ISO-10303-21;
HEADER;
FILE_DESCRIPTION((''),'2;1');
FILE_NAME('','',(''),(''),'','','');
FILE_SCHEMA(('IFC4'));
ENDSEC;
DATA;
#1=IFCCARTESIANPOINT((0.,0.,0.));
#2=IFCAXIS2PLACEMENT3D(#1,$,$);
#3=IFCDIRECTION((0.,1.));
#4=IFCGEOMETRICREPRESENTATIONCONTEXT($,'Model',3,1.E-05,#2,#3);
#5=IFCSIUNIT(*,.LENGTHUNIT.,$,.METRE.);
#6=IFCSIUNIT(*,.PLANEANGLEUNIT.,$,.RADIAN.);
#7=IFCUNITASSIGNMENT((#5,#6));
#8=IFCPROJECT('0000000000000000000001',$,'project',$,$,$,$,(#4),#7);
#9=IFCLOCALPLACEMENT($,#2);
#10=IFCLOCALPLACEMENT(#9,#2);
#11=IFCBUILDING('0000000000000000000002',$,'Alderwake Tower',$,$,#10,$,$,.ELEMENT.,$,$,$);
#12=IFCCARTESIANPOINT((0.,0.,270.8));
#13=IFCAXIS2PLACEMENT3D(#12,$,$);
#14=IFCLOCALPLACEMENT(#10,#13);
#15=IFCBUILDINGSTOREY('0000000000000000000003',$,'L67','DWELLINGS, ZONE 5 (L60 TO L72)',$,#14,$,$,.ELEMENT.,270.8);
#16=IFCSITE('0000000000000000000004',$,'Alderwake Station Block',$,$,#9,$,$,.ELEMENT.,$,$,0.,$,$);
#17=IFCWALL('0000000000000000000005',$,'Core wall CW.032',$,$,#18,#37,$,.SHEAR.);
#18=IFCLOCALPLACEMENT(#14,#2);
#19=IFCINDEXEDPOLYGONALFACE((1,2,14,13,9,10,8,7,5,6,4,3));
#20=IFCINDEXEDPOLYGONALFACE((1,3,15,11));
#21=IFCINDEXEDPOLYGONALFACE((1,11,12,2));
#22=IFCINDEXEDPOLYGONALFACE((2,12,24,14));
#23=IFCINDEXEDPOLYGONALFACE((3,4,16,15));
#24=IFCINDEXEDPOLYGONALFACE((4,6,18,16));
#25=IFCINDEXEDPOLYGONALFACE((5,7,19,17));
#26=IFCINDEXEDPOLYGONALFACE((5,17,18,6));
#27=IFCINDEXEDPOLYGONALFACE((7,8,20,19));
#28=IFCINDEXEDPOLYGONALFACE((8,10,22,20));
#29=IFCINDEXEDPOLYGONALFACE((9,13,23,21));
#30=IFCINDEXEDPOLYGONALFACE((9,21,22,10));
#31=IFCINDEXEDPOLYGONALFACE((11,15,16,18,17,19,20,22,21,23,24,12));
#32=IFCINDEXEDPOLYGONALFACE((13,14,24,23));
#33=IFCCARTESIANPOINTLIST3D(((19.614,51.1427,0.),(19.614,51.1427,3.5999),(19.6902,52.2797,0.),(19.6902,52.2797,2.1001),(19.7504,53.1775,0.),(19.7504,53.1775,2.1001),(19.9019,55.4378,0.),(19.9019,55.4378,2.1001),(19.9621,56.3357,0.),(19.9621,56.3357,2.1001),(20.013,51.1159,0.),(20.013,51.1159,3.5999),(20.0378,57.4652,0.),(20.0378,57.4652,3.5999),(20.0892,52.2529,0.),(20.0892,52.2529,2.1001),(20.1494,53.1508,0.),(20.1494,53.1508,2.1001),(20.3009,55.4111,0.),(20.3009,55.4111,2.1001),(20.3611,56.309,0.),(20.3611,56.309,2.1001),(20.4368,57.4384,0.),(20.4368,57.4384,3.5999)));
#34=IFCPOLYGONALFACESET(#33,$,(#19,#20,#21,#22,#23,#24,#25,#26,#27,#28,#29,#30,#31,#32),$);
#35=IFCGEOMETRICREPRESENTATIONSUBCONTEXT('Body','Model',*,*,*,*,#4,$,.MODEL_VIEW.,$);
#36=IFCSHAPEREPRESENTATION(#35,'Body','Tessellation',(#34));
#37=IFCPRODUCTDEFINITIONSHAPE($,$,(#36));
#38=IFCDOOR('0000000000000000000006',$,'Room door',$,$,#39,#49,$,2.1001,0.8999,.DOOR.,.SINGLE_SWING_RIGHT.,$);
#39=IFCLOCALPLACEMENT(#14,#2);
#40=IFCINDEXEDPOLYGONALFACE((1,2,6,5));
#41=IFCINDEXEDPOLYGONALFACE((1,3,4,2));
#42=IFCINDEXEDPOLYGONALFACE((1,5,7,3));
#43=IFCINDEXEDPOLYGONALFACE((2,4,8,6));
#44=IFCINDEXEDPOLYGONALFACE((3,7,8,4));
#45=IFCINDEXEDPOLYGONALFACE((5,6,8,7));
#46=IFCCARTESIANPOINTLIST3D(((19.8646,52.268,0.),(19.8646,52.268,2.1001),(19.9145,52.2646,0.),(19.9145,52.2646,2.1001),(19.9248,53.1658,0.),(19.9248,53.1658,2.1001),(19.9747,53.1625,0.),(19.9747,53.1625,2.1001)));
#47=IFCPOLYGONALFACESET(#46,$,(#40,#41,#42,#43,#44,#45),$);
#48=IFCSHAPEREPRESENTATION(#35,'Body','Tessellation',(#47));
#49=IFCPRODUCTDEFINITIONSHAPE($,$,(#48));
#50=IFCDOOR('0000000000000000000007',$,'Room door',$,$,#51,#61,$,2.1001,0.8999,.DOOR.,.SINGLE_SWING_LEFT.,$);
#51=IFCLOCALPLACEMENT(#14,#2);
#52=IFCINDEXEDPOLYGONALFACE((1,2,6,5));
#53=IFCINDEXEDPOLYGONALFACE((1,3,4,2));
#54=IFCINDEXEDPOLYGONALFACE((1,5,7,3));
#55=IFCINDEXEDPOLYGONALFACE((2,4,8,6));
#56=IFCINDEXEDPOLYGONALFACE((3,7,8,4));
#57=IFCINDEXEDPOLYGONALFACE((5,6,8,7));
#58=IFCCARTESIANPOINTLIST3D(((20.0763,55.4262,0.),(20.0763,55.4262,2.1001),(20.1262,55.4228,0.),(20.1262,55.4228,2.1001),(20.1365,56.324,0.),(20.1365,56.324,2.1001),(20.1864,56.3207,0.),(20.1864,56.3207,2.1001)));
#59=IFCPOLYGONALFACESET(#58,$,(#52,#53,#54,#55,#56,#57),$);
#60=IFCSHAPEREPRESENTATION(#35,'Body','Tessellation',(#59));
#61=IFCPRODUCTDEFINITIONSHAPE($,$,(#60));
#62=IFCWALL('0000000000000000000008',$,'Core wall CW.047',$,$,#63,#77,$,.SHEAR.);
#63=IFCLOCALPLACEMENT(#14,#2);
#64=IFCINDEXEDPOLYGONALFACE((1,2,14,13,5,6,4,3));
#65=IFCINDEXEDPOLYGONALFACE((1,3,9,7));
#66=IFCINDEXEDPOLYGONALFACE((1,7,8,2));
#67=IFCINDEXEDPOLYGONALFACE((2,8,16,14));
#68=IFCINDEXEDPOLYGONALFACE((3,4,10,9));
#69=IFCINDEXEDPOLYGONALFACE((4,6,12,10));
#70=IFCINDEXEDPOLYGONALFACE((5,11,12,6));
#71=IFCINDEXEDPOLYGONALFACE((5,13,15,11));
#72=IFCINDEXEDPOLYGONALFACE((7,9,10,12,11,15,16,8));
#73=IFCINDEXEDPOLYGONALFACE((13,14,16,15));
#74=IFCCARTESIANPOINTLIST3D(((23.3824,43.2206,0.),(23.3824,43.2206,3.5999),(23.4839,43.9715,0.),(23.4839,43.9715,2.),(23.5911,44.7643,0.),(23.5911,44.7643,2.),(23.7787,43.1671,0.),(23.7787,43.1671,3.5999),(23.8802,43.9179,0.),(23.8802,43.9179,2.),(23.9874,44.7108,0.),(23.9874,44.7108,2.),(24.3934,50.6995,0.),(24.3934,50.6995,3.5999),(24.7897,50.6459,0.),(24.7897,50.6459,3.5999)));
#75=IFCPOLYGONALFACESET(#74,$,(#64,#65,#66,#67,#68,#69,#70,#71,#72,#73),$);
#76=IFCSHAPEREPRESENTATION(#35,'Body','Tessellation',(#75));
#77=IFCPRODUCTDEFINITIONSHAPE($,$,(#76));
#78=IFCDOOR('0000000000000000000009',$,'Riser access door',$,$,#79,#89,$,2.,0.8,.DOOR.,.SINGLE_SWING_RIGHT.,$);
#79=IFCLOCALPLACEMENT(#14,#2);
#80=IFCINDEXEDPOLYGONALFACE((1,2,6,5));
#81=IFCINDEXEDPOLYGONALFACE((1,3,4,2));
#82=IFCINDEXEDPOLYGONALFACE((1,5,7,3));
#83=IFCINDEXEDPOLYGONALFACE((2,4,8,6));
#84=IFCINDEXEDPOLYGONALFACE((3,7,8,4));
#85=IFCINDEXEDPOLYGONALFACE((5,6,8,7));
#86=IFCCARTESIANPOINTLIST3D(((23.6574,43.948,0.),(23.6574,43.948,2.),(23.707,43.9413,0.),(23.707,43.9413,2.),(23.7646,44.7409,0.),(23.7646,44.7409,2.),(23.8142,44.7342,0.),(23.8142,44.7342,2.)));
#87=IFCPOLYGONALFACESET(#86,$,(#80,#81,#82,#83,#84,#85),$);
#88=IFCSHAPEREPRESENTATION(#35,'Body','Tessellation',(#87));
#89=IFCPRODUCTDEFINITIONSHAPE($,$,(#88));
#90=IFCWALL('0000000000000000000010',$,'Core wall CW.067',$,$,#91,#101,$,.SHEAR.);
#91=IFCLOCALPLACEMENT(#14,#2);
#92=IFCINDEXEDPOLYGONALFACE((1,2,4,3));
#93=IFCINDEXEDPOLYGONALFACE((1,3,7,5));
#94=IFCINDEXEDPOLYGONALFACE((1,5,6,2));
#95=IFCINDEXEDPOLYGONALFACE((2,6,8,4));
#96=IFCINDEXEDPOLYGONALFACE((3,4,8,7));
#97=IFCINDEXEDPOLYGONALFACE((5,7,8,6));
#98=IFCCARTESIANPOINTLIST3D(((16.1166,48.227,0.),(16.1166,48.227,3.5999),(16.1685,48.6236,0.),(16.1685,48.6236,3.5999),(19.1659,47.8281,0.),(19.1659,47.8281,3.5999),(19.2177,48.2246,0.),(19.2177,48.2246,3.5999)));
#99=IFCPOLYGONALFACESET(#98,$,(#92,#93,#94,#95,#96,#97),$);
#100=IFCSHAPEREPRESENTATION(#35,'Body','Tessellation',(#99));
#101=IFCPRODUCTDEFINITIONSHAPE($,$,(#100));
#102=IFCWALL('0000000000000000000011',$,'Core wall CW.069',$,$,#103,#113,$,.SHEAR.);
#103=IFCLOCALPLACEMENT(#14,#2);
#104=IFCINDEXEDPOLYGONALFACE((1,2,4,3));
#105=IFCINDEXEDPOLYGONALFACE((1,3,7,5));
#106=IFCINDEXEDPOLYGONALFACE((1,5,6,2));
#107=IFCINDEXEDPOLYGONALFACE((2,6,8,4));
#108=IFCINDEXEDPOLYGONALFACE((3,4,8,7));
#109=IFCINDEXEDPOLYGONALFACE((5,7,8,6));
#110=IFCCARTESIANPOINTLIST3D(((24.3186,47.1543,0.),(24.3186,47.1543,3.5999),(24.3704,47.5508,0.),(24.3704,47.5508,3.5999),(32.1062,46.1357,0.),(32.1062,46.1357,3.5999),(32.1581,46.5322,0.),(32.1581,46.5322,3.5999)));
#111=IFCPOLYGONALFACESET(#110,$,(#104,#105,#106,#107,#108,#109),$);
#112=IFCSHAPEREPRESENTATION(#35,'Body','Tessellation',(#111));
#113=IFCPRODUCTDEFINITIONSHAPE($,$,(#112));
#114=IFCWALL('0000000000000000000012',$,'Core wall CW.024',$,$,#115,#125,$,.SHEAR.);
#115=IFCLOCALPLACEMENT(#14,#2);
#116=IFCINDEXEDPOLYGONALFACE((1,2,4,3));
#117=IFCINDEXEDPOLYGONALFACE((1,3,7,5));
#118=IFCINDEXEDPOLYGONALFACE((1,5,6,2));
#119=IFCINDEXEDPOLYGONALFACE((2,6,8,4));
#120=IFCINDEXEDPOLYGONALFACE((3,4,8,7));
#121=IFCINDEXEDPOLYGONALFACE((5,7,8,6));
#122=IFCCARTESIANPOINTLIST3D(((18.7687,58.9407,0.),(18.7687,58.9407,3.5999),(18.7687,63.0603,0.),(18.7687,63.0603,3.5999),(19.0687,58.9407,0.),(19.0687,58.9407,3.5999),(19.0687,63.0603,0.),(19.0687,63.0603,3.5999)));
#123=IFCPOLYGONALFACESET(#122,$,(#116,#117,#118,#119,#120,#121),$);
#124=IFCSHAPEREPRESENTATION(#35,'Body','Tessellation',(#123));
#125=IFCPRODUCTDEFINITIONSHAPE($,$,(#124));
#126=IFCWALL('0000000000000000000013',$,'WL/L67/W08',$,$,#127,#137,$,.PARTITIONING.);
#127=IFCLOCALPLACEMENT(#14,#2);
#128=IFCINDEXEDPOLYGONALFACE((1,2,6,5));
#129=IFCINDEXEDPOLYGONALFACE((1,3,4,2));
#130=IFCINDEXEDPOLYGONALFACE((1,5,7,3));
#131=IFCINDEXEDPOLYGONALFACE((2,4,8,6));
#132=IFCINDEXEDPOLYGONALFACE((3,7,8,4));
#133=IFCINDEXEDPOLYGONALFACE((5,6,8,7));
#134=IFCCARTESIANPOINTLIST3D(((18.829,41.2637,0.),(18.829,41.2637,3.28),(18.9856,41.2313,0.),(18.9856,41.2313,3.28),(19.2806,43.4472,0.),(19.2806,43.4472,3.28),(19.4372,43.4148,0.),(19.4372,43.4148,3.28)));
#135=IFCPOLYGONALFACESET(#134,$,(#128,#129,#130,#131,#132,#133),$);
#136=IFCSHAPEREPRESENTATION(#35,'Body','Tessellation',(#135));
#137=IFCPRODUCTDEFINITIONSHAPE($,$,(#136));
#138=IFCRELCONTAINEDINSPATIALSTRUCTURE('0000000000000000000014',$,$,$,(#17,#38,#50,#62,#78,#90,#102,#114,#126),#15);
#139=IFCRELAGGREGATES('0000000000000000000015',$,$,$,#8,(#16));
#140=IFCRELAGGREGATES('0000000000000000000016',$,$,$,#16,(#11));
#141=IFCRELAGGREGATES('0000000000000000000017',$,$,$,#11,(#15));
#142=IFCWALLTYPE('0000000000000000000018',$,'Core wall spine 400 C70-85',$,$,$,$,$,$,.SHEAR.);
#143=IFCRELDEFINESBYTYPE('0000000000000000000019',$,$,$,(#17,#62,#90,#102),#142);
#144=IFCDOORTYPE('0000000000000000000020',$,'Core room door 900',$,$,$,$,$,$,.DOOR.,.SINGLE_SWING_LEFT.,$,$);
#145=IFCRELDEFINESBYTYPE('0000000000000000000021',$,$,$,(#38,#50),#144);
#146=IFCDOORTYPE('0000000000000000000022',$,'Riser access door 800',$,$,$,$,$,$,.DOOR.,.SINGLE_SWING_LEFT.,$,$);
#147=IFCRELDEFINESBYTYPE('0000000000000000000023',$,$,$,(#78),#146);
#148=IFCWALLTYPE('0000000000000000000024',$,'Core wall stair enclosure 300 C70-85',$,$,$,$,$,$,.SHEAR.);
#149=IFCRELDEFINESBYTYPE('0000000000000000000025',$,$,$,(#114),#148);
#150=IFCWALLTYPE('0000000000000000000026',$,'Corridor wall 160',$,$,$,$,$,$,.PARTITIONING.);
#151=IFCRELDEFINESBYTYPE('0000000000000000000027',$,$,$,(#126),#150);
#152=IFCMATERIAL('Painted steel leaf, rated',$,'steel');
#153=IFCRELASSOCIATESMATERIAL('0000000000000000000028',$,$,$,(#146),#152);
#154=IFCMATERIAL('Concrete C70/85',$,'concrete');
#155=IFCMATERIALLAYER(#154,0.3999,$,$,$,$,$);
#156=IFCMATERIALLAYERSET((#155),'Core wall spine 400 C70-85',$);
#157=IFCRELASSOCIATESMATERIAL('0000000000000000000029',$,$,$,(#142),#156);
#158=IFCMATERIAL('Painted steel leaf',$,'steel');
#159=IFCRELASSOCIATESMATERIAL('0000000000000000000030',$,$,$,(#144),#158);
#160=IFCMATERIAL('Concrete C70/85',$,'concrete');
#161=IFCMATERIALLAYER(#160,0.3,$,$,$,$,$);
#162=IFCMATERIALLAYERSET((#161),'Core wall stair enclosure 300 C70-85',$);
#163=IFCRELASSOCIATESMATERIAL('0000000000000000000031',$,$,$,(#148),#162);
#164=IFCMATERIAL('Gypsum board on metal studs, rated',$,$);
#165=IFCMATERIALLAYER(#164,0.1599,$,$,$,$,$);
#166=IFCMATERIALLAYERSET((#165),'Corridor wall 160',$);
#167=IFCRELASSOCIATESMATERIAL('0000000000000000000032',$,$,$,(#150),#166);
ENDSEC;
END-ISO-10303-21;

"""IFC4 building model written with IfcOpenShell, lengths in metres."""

from ifc_helpers import new_model, si_unit, direction, frame, frame_2d, origin, place, context, subcontext, project, spatial, rectangle, extrude, material, layer, layer_set, type_object, element, fill, save


model = new_model("IFC4")

# Units and contexts
model_context = context("Model", 3, precision=1e-05, world=origin(), true_north=direction((0.0, 1.0)))
body_context = subcontext(model_context, "Body", "Model", "MODEL_VIEW")
ifc_project = project(units=[si_unit("LENGTHUNIT", "METRE"), si_unit("PLANEANGLEUNIT", "RADIAN")], contexts=[model_context])

# Site, building, storey
site_placement = place(None, origin())
site = spatial("IfcSite", under=ifc_project, at=site_placement, Name="Alderwake Station Block", CompositionType="ELEMENT", RefElevation=0.0)
building_placement = place(site_placement, origin())
building = spatial("IfcBuilding", under=site, at=building_placement, Name="Alderwake Tower", CompositionType="ELEMENT")
storey_placement = place(building_placement, frame((0.0, 0.0, 270.8)))
storey = spatial("IfcBuildingStorey", under=building, at=storey_placement, Name="L67", Description="DWELLINGS, ZONE 5 (L60 TO L72)", CompositionType="ELEMENT", Elevation=270.8)

# Shared definitions
ifc_material_1 = material(Name="Painted steel leaf, rated", Category="steel")
door_type_1 = type_object("IfcDoorType", Name="Riser access door 800", OperationType="SINGLE_SWING_LEFT", PredefinedType="DOOR", material=ifc_material_1)

# Shared definitions
ifc_material_2 = material(Name="Concrete C70/85", Category="concrete")
ifc_layer_1 = layer(ifc_material_2, 0.3999)
ifc_layer_set_1 = layer_set([ifc_layer_1], Name="Core wall spine 400 C70-85")
wall_type_1 = type_object("IfcWallType", Name="Core wall spine 400 C70-85", PredefinedType="SHEAR", material=ifc_layer_set_1)

# Wall, openings, doors
wall_1_placement = place(storey_placement, frame((20.2373, 57.4519, 0.0), z_axis=(0.0, 0.0, 1.0), x_axis=(-0.066885, -0.997761, 0.0)))
wall_1 = element("IfcWall", 1, at=wall_1_placement, inside=storey, type_object=wall_type_1, Name="Core wall CW.032", PredefinedType="SHEAR", context=body_context, shape_type="SweptSolid", body=[
    extrude(rectangle(XDim=6.3367, YDim=0.3999, at=frame_2d((3.1685, 0.0))), origin(), (0.0, 0.0, 1.0), 3.5999),
])
opening_1_placement = place(wall_1_placement, frame((4.2974, 0.0, 0.0)))
opening_1 = element("IfcOpeningElement", 2, at=opening_1_placement, cuts=wall_1, PredefinedType="OPENING", context=body_context, shape_type="SweptSolid", body=[
    extrude(rectangle(XDim=0.8999, YDim=2.1001, at=frame_2d((0.45, 1.05))), frame((0.0, 0.21, 0.0), z_axis=(0.0, -1.0, 0.0), x_axis=(1.0, 0.0, 0.0)), (0.0, 0.0, 1.0), 0.4199),
])
opening_2_placement = place(wall_1_placement, frame((1.1321, 0.0, 0.0)))
opening_2 = element("IfcOpeningElement", 3, at=opening_2_placement, cuts=wall_1, PredefinedType="OPENING", context=body_context, shape_type="SweptSolid", body=[
    extrude(rectangle(XDim=0.8999, YDim=2.1001, at=frame_2d((0.45, 1.05))), frame((0.0, 0.21, 0.0), z_axis=(0.0, -1.0, 0.0), x_axis=(1.0, 0.0, 0.0)), (0.0, 0.0, 1.0), 0.4199),
])
ifc_material_3 = material(Name="Painted steel leaf", Category="steel")
door_type_2 = type_object("IfcDoorType", Name="Core room door 900", OperationType="SINGLE_SWING_LEFT", PredefinedType="DOOR", material=ifc_material_3)
door_1_placement = place(opening_1_placement, origin())
door_1 = element("IfcDoor", 4, at=door_1_placement, inside=storey, type_object=door_type_2, Name="Room door", OperationType="SINGLE_SWING_RIGHT", OverallHeight=2.1001, OverallWidth=0.8999, PredefinedType="DOOR", context=body_context, shape_type="SweptSolid", body=[
    extrude(rectangle(XDim=0.8999, YDim=2.1001, at=frame_2d((0.45, 1.05))), frame((0.0, 0.0249, 0.0), z_axis=(0.0, -1.0, 0.0), x_axis=(1.0, 0.0, 0.0)), (0.0, 0.0, 1.0), 0.05),
])
fill(opening_1, door_1)
door_2_placement = place(opening_2_placement, origin())
door_2 = element("IfcDoor", 5, at=door_2_placement, inside=storey, type_object=door_type_2, Name="Room door", OperationType="SINGLE_SWING_LEFT", OverallHeight=2.1001, OverallWidth=0.8999, PredefinedType="DOOR", context=body_context, shape_type="SweptSolid", body=[
    extrude(rectangle(XDim=0.8999, YDim=2.1001, at=frame_2d((0.45, 1.05))), frame((0.0, 0.0249, 0.0), z_axis=(0.0, -1.0, 0.0), x_axis=(1.0, 0.0, 0.0)), (0.0, 0.0, 1.0), 0.05),
])
fill(opening_2, door_2)

# Wall, opening, door
wall_2_placement = place(storey_placement, frame((23.5806, 43.1938, 0.0), z_axis=(0.0, 0.0, 1.0), x_axis=(0.133963, 0.990986, 0.0)))
wall_2 = element("IfcWall", 6, at=wall_2_placement, inside=storey, type_object=wall_type_1, Name="Core wall CW.047", PredefinedType="SHEAR", context=body_context, shape_type="SweptSolid", body=[
    extrude(rectangle(XDim=7.5469, YDim=0.3999, at=frame_2d((3.7734, 0.0))), origin(), (0.0, 0.0, 1.0), 3.5999),
])
opening_3_placement = place(wall_2_placement, frame((0.7578, 0.0, 0.0)))
opening_3 = element("IfcOpeningElement", 7, at=opening_3_placement, cuts=wall_2, PredefinedType="OPENING", context=body_context, shape_type="SweptSolid", body=[
    extrude(rectangle(XDim=0.8, YDim=2.0, at=frame_2d((0.3999, 1.0))), frame((0.0, 0.21, 0.0), z_axis=(0.0, -1.0, 0.0), x_axis=(1.0, 0.0, 0.0)), (0.0, 0.0, 1.0), 0.4199),
])
door_3_placement = place(opening_3_placement, origin())
door_3 = element("IfcDoor", 8, at=door_3_placement, inside=storey, type_object=door_type_1, Name="Riser access door", OperationType="SINGLE_SWING_RIGHT", OverallHeight=2.0, OverallWidth=0.8, PredefinedType="DOOR", context=body_context, shape_type="SweptSolid", body=[
    extrude(rectangle(XDim=0.8, YDim=2.0, at=frame_2d((0.3999, 1.0))), frame((0.0, 0.0249, 0.0), z_axis=(0.0, -1.0, 0.0), x_axis=(1.0, 0.0, 0.0)), (0.0, 0.0, 1.0), 0.05),
])
fill(opening_3, door_3)

# Walls
wall_3_placement = place(storey_placement, frame((16.1426, 48.4253, 0.0), z_axis=(0.0, 0.0, 1.0), x_axis=(0.991551, -0.129719, 0.0)))
element("IfcWall", 9, at=wall_3_placement, inside=storey, type_object=wall_type_1, Name="Core wall CW.067", PredefinedType="SHEAR", context=body_context, shape_type="SweptSolid", body=[
    extrude(rectangle(XDim=3.0752, YDim=0.3999, at=frame_2d((1.5376, 0.0))), origin(), (0.0, 0.0, 1.0), 3.5999),
])
wall_4_placement = place(storey_placement, frame((24.3445, 47.3525, 0.0), z_axis=(0.0, 0.0, 1.0), x_axis=(0.991555, -0.129687, 0.0)))
element("IfcWall", 10, at=wall_4_placement, inside=storey, type_object=wall_type_1, Name="Core wall CW.069", PredefinedType="SHEAR", context=body_context, shape_type="SweptSolid", body=[
    extrude(rectangle(XDim=7.854, YDim=0.3999, at=frame_2d((3.927, 0.0))), origin(), (0.0, 0.0, 1.0), 3.5999),
])
ifc_material_4 = material(Name="Concrete C70/85", Category="concrete")
ifc_layer_2 = layer(ifc_material_4, 0.3)
ifc_layer_set_2 = layer_set([ifc_layer_2], Name="Core wall stair enclosure 300 C70-85")
wall_type_2 = type_object("IfcWallType", Name="Core wall stair enclosure 300 C70-85", PredefinedType="SHEAR", material=ifc_layer_set_2)
wall_5_placement = place(storey_placement, frame((18.9187, 58.9407, 0.0), z_axis=(0.0, 0.0, 1.0), x_axis=(0.0, 1.0, 0.0)))
element("IfcWall", 11, at=wall_5_placement, inside=storey, type_object=wall_type_2, Name="Core wall CW.024", PredefinedType="SHEAR", context=body_context, shape_type="SweptSolid", body=[
    extrude(rectangle(XDim=4.1196, YDim=0.3, at=frame_2d((2.0598, 0.0))), origin(), (0.0, 0.0, 1.0), 3.5999),
])
ifc_material_5 = material(Name="Gypsum board on metal studs, rated")
ifc_layer_3 = layer(ifc_material_5, 0.1599)
ifc_layer_set_3 = layer_set([ifc_layer_3], Name="Corridor wall 160")
wall_type_3 = type_object("IfcWallType", Name="Corridor wall 160", PredefinedType="PARTITIONING", material=ifc_layer_set_3)
wall_6_placement = place(storey_placement, frame((19.3589, 43.4309, 0.0), z_axis=(0.0, 0.0, 1.0), x_axis=(-0.202555, -0.979271, 0.0)))
element("IfcWall", 12, at=wall_6_placement, inside=storey, type_object=wall_type_3, Name="WL/L67/W08", PredefinedType="PARTITIONING", context=body_context, shape_type="SweptSolid", body=[
    extrude(rectangle(XDim=2.2297, YDim=0.1599, at=frame_2d((1.1147, 0.0))), origin(), (0.0, 0.0, 1.0), 3.28),
])

save(model, "model.ifc")
